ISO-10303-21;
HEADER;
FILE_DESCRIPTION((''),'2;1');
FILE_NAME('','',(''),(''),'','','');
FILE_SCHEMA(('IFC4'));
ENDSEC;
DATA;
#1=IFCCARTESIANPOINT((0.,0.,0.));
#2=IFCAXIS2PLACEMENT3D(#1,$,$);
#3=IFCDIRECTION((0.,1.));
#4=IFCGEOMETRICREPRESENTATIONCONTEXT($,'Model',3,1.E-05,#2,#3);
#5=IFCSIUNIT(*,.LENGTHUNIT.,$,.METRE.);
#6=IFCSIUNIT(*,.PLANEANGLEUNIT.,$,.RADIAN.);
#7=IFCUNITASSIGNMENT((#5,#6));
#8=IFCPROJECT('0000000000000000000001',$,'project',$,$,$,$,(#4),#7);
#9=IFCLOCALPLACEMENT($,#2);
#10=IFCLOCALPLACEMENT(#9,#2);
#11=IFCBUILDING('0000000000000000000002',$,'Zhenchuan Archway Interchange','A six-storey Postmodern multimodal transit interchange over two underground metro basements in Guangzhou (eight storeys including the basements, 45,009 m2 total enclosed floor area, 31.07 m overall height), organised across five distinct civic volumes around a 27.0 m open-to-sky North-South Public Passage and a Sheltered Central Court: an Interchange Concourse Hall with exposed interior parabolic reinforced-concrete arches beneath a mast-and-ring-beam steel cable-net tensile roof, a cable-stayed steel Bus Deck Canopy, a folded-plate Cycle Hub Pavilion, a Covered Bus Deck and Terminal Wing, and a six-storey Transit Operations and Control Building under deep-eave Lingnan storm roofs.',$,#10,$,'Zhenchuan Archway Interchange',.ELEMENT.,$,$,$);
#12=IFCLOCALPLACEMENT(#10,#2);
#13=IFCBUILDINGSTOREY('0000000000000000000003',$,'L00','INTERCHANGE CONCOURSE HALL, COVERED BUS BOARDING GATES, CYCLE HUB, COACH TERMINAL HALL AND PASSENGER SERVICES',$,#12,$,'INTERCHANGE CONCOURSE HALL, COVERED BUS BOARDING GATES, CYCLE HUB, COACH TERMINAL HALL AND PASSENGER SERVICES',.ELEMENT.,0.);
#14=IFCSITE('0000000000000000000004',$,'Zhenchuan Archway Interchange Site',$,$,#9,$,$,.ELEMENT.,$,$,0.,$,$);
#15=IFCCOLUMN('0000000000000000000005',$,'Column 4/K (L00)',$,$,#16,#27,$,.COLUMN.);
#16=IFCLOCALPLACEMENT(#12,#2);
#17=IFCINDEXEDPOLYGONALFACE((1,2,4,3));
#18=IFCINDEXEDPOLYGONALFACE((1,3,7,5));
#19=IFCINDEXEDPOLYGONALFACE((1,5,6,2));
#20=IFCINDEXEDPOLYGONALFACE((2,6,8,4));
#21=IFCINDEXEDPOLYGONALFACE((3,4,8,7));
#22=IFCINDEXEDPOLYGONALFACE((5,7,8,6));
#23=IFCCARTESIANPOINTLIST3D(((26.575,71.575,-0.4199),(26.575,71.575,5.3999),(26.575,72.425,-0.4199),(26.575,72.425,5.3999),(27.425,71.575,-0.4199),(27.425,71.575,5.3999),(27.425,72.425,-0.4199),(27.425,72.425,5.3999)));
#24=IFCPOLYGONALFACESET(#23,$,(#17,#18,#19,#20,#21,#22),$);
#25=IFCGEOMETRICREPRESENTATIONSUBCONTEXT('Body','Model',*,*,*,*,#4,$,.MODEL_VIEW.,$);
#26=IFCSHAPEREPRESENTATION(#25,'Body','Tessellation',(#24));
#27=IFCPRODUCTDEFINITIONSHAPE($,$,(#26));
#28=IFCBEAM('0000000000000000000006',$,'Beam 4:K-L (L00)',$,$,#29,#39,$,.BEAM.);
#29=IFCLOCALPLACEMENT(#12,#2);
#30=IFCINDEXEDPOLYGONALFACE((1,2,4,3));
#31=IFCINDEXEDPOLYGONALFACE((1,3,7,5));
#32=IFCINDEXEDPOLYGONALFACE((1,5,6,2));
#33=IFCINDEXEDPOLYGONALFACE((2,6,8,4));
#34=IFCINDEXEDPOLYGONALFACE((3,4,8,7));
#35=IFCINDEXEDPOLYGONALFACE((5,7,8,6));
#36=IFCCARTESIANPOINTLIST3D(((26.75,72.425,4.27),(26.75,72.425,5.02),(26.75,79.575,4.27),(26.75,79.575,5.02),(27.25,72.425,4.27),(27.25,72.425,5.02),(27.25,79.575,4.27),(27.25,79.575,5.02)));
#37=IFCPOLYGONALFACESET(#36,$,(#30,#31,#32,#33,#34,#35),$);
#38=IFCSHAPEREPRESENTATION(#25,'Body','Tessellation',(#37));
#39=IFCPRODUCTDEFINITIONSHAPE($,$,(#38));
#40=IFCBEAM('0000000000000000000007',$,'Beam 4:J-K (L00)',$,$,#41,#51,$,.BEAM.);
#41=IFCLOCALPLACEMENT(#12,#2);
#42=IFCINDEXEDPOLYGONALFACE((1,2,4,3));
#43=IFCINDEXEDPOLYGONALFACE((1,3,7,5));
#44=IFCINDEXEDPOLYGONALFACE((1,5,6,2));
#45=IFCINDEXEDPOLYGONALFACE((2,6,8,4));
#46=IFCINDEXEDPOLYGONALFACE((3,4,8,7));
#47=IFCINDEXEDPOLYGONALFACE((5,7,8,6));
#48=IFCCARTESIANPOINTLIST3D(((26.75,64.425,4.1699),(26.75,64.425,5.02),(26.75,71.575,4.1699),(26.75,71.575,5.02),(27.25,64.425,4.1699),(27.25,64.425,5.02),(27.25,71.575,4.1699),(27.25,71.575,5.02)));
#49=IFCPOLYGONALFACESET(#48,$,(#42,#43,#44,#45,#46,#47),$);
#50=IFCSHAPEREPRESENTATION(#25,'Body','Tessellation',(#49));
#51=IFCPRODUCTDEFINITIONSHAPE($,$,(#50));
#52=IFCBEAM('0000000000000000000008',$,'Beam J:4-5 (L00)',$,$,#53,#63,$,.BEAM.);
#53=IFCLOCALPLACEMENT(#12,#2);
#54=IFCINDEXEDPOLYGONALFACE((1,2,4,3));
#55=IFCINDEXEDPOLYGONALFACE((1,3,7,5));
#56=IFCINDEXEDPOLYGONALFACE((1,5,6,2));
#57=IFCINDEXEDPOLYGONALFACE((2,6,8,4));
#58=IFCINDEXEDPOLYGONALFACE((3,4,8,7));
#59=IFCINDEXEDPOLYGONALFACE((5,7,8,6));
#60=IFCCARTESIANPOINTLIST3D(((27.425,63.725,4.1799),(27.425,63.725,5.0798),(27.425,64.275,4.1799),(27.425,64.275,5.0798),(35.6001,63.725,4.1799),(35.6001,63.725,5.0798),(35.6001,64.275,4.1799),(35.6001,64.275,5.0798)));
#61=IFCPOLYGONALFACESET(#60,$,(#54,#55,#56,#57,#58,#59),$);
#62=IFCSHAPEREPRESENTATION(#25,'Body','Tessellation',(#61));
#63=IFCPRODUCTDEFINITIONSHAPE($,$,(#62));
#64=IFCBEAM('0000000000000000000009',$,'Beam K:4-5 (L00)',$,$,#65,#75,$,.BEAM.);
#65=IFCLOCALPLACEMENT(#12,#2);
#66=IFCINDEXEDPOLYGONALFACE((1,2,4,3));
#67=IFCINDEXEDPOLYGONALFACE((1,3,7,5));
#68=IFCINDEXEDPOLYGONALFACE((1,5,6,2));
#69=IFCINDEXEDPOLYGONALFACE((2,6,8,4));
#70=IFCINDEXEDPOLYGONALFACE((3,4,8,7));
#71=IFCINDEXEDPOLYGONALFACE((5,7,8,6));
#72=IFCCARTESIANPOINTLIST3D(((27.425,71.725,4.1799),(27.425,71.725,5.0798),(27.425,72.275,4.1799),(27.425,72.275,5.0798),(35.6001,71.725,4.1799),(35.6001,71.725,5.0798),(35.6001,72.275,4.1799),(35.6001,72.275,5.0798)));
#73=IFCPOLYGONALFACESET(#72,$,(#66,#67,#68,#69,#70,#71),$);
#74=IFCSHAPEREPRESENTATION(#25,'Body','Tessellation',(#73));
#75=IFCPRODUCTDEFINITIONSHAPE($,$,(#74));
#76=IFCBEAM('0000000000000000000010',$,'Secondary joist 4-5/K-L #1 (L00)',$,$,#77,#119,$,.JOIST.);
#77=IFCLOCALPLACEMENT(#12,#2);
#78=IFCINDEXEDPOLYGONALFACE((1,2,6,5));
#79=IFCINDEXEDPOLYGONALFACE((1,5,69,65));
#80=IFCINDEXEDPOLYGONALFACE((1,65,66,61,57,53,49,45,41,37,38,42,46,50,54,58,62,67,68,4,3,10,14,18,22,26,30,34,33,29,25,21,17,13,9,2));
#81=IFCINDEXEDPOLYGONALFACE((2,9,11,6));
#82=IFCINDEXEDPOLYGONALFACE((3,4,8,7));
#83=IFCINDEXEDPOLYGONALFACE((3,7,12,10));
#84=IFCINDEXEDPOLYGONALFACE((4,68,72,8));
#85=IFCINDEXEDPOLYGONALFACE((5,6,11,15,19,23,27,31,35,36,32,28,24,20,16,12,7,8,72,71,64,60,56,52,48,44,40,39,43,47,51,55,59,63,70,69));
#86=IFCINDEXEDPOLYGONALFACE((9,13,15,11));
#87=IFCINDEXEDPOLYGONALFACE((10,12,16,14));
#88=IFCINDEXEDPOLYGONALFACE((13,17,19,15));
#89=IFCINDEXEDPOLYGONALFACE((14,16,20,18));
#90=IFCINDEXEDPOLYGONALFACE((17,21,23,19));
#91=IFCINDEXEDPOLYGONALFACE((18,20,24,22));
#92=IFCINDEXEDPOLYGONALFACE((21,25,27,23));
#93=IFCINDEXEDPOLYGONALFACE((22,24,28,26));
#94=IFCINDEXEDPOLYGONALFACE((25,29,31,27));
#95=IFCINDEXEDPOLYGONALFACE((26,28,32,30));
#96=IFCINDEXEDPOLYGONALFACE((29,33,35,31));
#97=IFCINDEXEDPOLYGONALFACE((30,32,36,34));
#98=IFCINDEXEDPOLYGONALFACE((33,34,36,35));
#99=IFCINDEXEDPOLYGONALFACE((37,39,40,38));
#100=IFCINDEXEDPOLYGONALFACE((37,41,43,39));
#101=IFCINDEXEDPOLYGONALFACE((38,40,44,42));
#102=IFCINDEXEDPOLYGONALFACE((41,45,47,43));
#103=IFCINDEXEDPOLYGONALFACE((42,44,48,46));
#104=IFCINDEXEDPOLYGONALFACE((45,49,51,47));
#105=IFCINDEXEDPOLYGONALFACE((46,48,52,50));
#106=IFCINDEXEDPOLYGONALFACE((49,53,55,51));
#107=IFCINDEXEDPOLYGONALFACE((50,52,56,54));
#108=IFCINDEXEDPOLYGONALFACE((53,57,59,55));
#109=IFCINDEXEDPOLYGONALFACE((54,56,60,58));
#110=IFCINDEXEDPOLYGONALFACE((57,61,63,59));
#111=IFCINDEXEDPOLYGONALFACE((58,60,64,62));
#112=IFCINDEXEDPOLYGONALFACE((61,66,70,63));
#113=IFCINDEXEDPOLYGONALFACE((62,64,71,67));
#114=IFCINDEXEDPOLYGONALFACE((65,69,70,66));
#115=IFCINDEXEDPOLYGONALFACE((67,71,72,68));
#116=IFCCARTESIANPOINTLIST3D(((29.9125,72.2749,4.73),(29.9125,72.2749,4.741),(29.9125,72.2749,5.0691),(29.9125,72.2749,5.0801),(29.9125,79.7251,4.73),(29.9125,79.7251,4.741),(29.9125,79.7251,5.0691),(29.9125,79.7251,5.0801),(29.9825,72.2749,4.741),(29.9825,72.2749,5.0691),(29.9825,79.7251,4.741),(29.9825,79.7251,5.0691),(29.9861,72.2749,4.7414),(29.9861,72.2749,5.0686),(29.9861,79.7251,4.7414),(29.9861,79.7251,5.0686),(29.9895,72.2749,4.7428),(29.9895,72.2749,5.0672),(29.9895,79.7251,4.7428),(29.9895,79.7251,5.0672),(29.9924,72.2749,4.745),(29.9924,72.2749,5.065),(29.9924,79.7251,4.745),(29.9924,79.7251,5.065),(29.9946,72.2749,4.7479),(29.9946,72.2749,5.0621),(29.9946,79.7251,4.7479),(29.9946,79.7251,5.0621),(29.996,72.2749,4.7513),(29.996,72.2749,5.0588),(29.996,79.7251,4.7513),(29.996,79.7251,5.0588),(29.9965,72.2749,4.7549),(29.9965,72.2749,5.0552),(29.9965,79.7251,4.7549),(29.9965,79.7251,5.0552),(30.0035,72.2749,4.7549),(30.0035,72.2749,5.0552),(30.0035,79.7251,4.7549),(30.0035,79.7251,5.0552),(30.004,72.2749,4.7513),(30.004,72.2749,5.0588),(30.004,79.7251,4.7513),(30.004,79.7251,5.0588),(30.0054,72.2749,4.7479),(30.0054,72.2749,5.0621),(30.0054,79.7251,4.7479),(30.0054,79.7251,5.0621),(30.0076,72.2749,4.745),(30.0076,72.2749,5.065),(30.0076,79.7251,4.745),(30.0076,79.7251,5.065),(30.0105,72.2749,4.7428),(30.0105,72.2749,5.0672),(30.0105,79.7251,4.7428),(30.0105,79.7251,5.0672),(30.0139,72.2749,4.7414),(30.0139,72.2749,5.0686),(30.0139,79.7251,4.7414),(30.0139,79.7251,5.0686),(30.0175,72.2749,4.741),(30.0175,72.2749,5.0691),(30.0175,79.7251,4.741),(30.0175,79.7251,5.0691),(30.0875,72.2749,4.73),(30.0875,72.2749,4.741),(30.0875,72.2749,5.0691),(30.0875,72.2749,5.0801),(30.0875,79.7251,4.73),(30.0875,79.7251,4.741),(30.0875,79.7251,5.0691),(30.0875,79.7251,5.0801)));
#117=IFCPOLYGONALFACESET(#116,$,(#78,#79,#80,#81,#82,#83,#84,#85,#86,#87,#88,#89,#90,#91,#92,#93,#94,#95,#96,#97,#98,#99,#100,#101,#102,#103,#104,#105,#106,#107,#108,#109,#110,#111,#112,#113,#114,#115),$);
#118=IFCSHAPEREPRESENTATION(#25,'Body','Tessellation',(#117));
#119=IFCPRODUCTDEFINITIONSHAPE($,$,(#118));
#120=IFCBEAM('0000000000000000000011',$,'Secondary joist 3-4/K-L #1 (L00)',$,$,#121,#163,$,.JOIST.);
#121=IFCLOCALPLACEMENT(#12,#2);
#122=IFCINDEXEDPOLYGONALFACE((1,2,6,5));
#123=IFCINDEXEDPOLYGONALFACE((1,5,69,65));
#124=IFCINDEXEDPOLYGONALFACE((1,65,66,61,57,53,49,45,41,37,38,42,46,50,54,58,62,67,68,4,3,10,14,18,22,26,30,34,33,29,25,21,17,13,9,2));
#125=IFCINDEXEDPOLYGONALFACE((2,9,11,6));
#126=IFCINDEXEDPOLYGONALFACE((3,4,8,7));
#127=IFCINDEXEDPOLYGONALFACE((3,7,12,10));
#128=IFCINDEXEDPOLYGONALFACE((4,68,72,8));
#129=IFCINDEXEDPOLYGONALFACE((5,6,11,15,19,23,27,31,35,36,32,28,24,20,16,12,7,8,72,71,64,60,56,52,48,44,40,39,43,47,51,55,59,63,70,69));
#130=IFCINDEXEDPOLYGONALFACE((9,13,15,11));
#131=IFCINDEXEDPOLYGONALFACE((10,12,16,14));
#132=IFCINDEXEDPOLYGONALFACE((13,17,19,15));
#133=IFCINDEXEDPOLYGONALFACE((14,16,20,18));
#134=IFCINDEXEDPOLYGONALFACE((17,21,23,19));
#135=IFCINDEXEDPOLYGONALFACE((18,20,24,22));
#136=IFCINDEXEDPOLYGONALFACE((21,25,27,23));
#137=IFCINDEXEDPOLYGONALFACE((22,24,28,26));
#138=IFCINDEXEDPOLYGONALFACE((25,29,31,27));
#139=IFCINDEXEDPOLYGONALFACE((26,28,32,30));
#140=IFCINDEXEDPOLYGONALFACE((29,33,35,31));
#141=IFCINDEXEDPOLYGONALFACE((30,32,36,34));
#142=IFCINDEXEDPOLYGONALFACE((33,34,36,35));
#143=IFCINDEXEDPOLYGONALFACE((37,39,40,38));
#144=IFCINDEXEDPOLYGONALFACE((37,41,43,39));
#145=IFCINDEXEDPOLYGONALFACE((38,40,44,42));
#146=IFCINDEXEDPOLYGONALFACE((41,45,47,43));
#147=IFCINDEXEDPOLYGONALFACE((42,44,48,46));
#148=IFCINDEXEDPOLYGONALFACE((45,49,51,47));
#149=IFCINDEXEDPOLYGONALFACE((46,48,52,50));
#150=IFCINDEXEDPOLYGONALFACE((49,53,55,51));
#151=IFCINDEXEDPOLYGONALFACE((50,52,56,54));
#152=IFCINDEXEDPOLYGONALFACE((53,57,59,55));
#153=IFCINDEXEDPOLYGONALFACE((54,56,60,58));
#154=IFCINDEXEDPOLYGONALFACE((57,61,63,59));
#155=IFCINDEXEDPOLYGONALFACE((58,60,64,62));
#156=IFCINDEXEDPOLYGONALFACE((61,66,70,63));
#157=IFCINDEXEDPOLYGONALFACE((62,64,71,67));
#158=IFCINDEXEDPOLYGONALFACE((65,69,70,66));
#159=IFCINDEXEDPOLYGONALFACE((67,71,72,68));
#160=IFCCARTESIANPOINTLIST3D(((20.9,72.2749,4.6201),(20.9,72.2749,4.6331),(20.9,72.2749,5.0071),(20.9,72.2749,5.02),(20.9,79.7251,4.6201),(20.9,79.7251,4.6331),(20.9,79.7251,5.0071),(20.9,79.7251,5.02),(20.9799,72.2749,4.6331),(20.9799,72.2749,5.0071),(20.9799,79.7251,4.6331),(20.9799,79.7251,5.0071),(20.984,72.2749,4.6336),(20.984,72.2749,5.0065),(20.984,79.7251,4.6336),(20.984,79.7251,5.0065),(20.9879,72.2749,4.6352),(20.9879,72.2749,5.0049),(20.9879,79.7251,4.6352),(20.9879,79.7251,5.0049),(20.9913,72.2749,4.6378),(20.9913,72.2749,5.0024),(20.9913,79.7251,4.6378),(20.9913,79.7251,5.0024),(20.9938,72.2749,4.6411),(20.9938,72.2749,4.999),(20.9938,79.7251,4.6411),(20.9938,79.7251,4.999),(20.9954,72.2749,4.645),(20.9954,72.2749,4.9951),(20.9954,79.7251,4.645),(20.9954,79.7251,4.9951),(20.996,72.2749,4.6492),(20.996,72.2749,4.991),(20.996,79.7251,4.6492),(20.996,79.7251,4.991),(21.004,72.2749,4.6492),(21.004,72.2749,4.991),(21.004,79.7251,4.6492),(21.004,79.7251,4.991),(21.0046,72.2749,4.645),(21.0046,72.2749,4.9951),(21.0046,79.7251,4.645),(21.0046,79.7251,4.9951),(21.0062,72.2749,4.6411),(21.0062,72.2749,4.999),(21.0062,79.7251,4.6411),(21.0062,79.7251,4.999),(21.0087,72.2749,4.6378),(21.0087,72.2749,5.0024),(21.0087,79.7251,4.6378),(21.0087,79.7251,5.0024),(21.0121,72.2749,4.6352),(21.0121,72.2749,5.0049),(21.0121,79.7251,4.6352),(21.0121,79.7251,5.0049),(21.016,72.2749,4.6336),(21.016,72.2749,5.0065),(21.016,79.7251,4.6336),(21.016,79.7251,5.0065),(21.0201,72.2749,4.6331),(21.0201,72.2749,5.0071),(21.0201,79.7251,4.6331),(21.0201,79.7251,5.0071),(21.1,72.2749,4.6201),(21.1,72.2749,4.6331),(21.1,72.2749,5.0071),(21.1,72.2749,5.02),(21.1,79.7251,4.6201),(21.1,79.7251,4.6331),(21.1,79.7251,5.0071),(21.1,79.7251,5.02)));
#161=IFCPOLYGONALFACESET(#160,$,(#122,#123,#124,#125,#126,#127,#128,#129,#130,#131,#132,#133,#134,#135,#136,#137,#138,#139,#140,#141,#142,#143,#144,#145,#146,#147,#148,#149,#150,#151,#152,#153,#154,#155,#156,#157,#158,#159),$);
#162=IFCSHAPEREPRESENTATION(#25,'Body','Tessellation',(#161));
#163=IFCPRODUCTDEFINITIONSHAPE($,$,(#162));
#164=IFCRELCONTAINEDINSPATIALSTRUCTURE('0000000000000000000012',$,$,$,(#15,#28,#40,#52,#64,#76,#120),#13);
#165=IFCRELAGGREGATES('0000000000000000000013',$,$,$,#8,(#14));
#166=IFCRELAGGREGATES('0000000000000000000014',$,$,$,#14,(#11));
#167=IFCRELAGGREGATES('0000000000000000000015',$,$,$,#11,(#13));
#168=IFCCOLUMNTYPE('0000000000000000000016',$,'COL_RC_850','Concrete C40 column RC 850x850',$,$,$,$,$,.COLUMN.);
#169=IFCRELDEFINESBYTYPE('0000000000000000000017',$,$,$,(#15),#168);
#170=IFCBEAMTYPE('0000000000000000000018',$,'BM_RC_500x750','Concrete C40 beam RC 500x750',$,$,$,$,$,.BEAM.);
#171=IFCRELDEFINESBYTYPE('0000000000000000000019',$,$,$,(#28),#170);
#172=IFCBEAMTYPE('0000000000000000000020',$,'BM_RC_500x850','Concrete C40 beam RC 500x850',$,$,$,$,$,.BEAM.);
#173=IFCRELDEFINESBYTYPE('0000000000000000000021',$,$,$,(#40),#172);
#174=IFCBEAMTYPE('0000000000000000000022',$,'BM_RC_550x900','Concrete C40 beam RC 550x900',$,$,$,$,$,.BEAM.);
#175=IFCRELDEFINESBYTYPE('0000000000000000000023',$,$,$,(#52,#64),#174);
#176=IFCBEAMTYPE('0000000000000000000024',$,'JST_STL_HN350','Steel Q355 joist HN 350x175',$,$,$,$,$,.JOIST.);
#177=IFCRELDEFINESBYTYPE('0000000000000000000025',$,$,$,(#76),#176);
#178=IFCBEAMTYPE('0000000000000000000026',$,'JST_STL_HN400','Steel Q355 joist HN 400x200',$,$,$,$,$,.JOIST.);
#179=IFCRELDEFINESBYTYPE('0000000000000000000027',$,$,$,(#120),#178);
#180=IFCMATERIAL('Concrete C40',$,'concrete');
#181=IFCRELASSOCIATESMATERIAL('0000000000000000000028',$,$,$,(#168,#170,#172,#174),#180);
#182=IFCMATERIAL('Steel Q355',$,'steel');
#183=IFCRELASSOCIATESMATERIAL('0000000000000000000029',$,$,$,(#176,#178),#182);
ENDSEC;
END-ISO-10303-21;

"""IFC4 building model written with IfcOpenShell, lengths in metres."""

from ifc_helpers import new_model, si_unit, direction, frame, origin, origin_2d, place, context, subcontext, project, spatial, rectangle, i_section, extrude, material, material_profile, profile_set, type_object, element, save


model = new_model("IFC4")

# Units and contexts
model_context = context("Model", 3, precision=1e-05, world=origin(), true_north=direction((0.0, 1.0)))
body_context = subcontext(model_context, "Body", "Model", "MODEL_VIEW")
ifc_project = project(units=[si_unit("LENGTHUNIT", "METRE"), si_unit("PLANEANGLEUNIT", "RADIAN")], contexts=[model_context])

# Site, building, storey
site_placement = place(None, origin())
site = spatial("IfcSite", under=ifc_project, at=site_placement, Name="Zhenchuan Archway Interchange Site", CompositionType="ELEMENT", RefElevation=0.0)
building_placement = place(site_placement, origin())
building = spatial("IfcBuilding", under=site, at=building_placement, Name="Zhenchuan Archway Interchange", Description="A six-storey Postmodern multimodal transit interchange over two underground metro basements in Guangzhou (eight storeys including the basements, 45,009 m2 total enclosed floor area, 31.07 m overall height), organised across five distinct civic volumes around a 27.0 m open-to-sky North-South Public Passage and a Sheltered Central Court: an Interchange Concourse Hall with exposed interior parabolic reinforced-concrete arches beneath a mast-and-ring-beam steel cable-net tensile roof, a cable-stayed steel Bus Deck Canopy, a folded-plate Cycle Hub Pavilion, a Covered Bus Deck and Terminal Wing, and a six-storey Transit Operations and Control Building under deep-eave Lingnan storm roofs.", LongName="Zhenchuan Archway Interchange", CompositionType="ELEMENT")
storey_placement = place(building_placement, origin())
storey = spatial("IfcBuildingStorey", under=building, at=storey_placement, Name="L00", Description="INTERCHANGE CONCOURSE HALL, COVERED BUS BOARDING GATES, CYCLE HUB, COACH TERMINAL HALL AND PASSENGER SERVICES", LongName="INTERCHANGE CONCOURSE HALL, COVERED BUS BOARDING GATES, CYCLE HUB, COACH TERMINAL HALL AND PASSENGER SERVICES", CompositionType="ELEMENT", Elevation=0.0)

# Shared definitions
ifc_material_1 = material(Name="Concrete C40", Category="concrete")

# Column
ifc_material_profile_1 = material_profile(ifc_material_1, rectangle(XDim=0.8501, YDim=0.8501, at=origin_2d()), Name="RC 850x850")
ifc_profile_set_1 = profile_set([ifc_material_profile_1], Name="Concrete C40")
column_type = type_object("IfcColumnType", Name="COL_RC_850", Description="Concrete C40 column RC 850x850", PredefinedType="COLUMN", material=ifc_profile_set_1)
for number, where, z_axis, x_axis, name in (
    (1, (27.0, 72.0, -0.4199), (0.0, 0.0, 1.0), (1.0, 0.0, 0.0), "Column 4/K (L00)"),
):
    element("IfcColumn", number, at=place(storey_placement, frame(where, z_axis=z_axis, x_axis=x_axis)), inside=storey, type_object=column_type, Name=name, PredefinedType="COLUMN", context=body_context, shape_type="SweptSolid", body=[
        extrude(rectangle(XDim=0.8501, YDim=0.8501, at=origin_2d()), origin(), (0.0, 0.0, 1.0), 5.8198),
    ])

# Beams
ifc_material_profile_2 = material_profile(ifc_material_1, rectangle(XDim=0.5, YDim=0.75, at=origin_2d()), Name="RC 500x750")
ifc_profile_set_2 = profile_set([ifc_material_profile_2], Name="Concrete C40")
beam_type_1 = type_object("IfcBeamType", Name="BM_RC_500x750", Description="Concrete C40 beam RC 500x750", PredefinedType="BEAM", material=ifc_profile_set_2)
beam_1_placement = place(storey_placement, frame((27.0, 72.425, 4.645), z_axis=(0.0, 1.0, 0.0), x_axis=(-1.0, 0.0, 0.0)))
element("IfcBeam", 2, at=beam_1_placement, inside=storey, type_object=beam_type_1, Name="Beam 4:K-L (L00)", PredefinedType="BEAM", context=body_context, shape_type="SweptSolid", body=[
    extrude(rectangle(XDim=0.5, YDim=0.75, at=origin_2d()), origin(), (0.0, 0.0, 1.0), 7.1499),
])
ifc_material_profile_3 = material_profile(ifc_material_1, rectangle(XDim=0.5, YDim=0.8501, at=origin_2d()), Name="RC 500x850")
ifc_profile_set_3 = profile_set([ifc_material_profile_3], Name="Concrete C40")
beam_type_2 = type_object("IfcBeamType", Name="BM_RC_500x850", Description="Concrete C40 beam RC 500x850", PredefinedType="BEAM", material=ifc_profile_set_3)
beam_2_placement = place(storey_placement, frame((27.0, 64.425, 4.595), z_axis=(0.0, 1.0, 0.0), x_axis=(-1.0, 0.0, 0.0)))
element("IfcBeam", 3, at=beam_2_placement, inside=storey, type_object=beam_type_2, Name="Beam 4:J-K (L00)", PredefinedType="BEAM", context=body_context, shape_type="SweptSolid", body=[
    extrude(rectangle(XDim=0.5, YDim=0.8501, at=origin_2d()), origin(), (0.0, 0.0, 1.0), 7.1499),
])
ifc_material_profile_4 = material_profile(ifc_material_1, rectangle(XDim=0.55, YDim=0.8999, at=origin_2d()), Name="RC 550x900")
ifc_profile_set_4 = profile_set([ifc_material_profile_4], Name="Concrete C40")
beam_type_3 = type_object("IfcBeamType", Name="BM_RC_550x900", Description="Concrete C40 beam RC 550x900", PredefinedType="BEAM", material=ifc_profile_set_4)
for number, where, z_axis, x_axis, name in (
    (4, (27.425, 64.0, 4.6299), (1.0, 0.0, 0.0), (0.0, 1.0, 0.0), "Beam J:4-5 (L00)"),
    (5, (27.425, 72.0, 4.6299), (1.0, 0.0, 0.0), (0.0, 1.0, 0.0), "Beam K:4-5 (L00)"),
):
    element("IfcBeam", number, at=place(storey_placement, frame(where, z_axis=z_axis, x_axis=x_axis)), inside=storey, type_object=beam_type_3, Name=name, PredefinedType="BEAM", context=body_context, shape_type="SweptSolid", body=[
        extrude(rectangle(XDim=0.55, YDim=0.8999, at=origin_2d()), origin(), (0.0, 0.0, 1.0), 8.175),
    ])
ifc_material_2 = material(Name="Steel Q355", Category="steel")
ifc_material_profile_5 = material_profile(ifc_material_2, i_section(OverallWidth=0.175, OverallDepth=0.3501, WebThickness=0.0071, FlangeThickness=0.011, FilletRadius=0.0139, at=origin_2d()), Name="HN 350x175")
ifc_profile_set_5 = profile_set([ifc_material_profile_5], Name="Steel Q355")
beam_type_4 = type_object("IfcBeamType", Name="JST_STL_HN350", Description="Steel Q355 joist HN 350x175", PredefinedType="JOIST", material=ifc_profile_set_5)
beam_3_placement = place(storey_placement, frame((30.0, 72.2749, 4.905), z_axis=(0.0, 1.0, 0.0), x_axis=(-1.0, 0.0, 0.0)))
element("IfcBeam", 6, at=beam_3_placement, inside=storey, type_object=beam_type_4, Name="Secondary joist 4-5/K-L #1 (L00)", PredefinedType="JOIST", context=body_context, shape_type="SweptSolid", body=[
    extrude(i_section(OverallWidth=0.175, OverallDepth=0.3501, WebThickness=0.0071, FlangeThickness=0.011, FilletRadius=0.0139, at=origin_2d()), origin(), (0.0, 0.0, 1.0), 7.4502),
])
ifc_material_profile_6 = material_profile(ifc_material_2, i_section(OverallWidth=0.2, OverallDepth=0.3999, WebThickness=0.0081, FlangeThickness=0.0129, FilletRadius=0.0161, at=origin_2d()), Name="HN 400x200")
ifc_profile_set_6 = profile_set([ifc_material_profile_6], Name="Steel Q355")
beam_type_5 = type_object("IfcBeamType", Name="JST_STL_HN400", Description="Steel Q355 joist HN 400x200", PredefinedType="JOIST", material=ifc_profile_set_6)
for number, where, z_axis, x_axis, name in (
    (7, (21.0, 72.2749, 4.8201), (0.0, 1.0, 0.0), (-1.0, 0.0, 0.0), "Secondary joist 3-4/K-L #1 (L00)"),
):
    element("IfcBeam", number, at=place(storey_placement, frame(where, z_axis=z_axis, x_axis=x_axis)), inside=storey, type_object=beam_type_5, Name=name, PredefinedType="JOIST", context=body_context, shape_type="SweptSolid", body=[
        extrude(i_section(OverallWidth=0.2, OverallDepth=0.3999, WebThickness=0.0081, FlangeThickness=0.0129, FilletRadius=0.0161, at=origin_2d()), origin(), (0.0, 0.0, 1.0), 7.4502),
    ])

save(model, "model.ifc")
